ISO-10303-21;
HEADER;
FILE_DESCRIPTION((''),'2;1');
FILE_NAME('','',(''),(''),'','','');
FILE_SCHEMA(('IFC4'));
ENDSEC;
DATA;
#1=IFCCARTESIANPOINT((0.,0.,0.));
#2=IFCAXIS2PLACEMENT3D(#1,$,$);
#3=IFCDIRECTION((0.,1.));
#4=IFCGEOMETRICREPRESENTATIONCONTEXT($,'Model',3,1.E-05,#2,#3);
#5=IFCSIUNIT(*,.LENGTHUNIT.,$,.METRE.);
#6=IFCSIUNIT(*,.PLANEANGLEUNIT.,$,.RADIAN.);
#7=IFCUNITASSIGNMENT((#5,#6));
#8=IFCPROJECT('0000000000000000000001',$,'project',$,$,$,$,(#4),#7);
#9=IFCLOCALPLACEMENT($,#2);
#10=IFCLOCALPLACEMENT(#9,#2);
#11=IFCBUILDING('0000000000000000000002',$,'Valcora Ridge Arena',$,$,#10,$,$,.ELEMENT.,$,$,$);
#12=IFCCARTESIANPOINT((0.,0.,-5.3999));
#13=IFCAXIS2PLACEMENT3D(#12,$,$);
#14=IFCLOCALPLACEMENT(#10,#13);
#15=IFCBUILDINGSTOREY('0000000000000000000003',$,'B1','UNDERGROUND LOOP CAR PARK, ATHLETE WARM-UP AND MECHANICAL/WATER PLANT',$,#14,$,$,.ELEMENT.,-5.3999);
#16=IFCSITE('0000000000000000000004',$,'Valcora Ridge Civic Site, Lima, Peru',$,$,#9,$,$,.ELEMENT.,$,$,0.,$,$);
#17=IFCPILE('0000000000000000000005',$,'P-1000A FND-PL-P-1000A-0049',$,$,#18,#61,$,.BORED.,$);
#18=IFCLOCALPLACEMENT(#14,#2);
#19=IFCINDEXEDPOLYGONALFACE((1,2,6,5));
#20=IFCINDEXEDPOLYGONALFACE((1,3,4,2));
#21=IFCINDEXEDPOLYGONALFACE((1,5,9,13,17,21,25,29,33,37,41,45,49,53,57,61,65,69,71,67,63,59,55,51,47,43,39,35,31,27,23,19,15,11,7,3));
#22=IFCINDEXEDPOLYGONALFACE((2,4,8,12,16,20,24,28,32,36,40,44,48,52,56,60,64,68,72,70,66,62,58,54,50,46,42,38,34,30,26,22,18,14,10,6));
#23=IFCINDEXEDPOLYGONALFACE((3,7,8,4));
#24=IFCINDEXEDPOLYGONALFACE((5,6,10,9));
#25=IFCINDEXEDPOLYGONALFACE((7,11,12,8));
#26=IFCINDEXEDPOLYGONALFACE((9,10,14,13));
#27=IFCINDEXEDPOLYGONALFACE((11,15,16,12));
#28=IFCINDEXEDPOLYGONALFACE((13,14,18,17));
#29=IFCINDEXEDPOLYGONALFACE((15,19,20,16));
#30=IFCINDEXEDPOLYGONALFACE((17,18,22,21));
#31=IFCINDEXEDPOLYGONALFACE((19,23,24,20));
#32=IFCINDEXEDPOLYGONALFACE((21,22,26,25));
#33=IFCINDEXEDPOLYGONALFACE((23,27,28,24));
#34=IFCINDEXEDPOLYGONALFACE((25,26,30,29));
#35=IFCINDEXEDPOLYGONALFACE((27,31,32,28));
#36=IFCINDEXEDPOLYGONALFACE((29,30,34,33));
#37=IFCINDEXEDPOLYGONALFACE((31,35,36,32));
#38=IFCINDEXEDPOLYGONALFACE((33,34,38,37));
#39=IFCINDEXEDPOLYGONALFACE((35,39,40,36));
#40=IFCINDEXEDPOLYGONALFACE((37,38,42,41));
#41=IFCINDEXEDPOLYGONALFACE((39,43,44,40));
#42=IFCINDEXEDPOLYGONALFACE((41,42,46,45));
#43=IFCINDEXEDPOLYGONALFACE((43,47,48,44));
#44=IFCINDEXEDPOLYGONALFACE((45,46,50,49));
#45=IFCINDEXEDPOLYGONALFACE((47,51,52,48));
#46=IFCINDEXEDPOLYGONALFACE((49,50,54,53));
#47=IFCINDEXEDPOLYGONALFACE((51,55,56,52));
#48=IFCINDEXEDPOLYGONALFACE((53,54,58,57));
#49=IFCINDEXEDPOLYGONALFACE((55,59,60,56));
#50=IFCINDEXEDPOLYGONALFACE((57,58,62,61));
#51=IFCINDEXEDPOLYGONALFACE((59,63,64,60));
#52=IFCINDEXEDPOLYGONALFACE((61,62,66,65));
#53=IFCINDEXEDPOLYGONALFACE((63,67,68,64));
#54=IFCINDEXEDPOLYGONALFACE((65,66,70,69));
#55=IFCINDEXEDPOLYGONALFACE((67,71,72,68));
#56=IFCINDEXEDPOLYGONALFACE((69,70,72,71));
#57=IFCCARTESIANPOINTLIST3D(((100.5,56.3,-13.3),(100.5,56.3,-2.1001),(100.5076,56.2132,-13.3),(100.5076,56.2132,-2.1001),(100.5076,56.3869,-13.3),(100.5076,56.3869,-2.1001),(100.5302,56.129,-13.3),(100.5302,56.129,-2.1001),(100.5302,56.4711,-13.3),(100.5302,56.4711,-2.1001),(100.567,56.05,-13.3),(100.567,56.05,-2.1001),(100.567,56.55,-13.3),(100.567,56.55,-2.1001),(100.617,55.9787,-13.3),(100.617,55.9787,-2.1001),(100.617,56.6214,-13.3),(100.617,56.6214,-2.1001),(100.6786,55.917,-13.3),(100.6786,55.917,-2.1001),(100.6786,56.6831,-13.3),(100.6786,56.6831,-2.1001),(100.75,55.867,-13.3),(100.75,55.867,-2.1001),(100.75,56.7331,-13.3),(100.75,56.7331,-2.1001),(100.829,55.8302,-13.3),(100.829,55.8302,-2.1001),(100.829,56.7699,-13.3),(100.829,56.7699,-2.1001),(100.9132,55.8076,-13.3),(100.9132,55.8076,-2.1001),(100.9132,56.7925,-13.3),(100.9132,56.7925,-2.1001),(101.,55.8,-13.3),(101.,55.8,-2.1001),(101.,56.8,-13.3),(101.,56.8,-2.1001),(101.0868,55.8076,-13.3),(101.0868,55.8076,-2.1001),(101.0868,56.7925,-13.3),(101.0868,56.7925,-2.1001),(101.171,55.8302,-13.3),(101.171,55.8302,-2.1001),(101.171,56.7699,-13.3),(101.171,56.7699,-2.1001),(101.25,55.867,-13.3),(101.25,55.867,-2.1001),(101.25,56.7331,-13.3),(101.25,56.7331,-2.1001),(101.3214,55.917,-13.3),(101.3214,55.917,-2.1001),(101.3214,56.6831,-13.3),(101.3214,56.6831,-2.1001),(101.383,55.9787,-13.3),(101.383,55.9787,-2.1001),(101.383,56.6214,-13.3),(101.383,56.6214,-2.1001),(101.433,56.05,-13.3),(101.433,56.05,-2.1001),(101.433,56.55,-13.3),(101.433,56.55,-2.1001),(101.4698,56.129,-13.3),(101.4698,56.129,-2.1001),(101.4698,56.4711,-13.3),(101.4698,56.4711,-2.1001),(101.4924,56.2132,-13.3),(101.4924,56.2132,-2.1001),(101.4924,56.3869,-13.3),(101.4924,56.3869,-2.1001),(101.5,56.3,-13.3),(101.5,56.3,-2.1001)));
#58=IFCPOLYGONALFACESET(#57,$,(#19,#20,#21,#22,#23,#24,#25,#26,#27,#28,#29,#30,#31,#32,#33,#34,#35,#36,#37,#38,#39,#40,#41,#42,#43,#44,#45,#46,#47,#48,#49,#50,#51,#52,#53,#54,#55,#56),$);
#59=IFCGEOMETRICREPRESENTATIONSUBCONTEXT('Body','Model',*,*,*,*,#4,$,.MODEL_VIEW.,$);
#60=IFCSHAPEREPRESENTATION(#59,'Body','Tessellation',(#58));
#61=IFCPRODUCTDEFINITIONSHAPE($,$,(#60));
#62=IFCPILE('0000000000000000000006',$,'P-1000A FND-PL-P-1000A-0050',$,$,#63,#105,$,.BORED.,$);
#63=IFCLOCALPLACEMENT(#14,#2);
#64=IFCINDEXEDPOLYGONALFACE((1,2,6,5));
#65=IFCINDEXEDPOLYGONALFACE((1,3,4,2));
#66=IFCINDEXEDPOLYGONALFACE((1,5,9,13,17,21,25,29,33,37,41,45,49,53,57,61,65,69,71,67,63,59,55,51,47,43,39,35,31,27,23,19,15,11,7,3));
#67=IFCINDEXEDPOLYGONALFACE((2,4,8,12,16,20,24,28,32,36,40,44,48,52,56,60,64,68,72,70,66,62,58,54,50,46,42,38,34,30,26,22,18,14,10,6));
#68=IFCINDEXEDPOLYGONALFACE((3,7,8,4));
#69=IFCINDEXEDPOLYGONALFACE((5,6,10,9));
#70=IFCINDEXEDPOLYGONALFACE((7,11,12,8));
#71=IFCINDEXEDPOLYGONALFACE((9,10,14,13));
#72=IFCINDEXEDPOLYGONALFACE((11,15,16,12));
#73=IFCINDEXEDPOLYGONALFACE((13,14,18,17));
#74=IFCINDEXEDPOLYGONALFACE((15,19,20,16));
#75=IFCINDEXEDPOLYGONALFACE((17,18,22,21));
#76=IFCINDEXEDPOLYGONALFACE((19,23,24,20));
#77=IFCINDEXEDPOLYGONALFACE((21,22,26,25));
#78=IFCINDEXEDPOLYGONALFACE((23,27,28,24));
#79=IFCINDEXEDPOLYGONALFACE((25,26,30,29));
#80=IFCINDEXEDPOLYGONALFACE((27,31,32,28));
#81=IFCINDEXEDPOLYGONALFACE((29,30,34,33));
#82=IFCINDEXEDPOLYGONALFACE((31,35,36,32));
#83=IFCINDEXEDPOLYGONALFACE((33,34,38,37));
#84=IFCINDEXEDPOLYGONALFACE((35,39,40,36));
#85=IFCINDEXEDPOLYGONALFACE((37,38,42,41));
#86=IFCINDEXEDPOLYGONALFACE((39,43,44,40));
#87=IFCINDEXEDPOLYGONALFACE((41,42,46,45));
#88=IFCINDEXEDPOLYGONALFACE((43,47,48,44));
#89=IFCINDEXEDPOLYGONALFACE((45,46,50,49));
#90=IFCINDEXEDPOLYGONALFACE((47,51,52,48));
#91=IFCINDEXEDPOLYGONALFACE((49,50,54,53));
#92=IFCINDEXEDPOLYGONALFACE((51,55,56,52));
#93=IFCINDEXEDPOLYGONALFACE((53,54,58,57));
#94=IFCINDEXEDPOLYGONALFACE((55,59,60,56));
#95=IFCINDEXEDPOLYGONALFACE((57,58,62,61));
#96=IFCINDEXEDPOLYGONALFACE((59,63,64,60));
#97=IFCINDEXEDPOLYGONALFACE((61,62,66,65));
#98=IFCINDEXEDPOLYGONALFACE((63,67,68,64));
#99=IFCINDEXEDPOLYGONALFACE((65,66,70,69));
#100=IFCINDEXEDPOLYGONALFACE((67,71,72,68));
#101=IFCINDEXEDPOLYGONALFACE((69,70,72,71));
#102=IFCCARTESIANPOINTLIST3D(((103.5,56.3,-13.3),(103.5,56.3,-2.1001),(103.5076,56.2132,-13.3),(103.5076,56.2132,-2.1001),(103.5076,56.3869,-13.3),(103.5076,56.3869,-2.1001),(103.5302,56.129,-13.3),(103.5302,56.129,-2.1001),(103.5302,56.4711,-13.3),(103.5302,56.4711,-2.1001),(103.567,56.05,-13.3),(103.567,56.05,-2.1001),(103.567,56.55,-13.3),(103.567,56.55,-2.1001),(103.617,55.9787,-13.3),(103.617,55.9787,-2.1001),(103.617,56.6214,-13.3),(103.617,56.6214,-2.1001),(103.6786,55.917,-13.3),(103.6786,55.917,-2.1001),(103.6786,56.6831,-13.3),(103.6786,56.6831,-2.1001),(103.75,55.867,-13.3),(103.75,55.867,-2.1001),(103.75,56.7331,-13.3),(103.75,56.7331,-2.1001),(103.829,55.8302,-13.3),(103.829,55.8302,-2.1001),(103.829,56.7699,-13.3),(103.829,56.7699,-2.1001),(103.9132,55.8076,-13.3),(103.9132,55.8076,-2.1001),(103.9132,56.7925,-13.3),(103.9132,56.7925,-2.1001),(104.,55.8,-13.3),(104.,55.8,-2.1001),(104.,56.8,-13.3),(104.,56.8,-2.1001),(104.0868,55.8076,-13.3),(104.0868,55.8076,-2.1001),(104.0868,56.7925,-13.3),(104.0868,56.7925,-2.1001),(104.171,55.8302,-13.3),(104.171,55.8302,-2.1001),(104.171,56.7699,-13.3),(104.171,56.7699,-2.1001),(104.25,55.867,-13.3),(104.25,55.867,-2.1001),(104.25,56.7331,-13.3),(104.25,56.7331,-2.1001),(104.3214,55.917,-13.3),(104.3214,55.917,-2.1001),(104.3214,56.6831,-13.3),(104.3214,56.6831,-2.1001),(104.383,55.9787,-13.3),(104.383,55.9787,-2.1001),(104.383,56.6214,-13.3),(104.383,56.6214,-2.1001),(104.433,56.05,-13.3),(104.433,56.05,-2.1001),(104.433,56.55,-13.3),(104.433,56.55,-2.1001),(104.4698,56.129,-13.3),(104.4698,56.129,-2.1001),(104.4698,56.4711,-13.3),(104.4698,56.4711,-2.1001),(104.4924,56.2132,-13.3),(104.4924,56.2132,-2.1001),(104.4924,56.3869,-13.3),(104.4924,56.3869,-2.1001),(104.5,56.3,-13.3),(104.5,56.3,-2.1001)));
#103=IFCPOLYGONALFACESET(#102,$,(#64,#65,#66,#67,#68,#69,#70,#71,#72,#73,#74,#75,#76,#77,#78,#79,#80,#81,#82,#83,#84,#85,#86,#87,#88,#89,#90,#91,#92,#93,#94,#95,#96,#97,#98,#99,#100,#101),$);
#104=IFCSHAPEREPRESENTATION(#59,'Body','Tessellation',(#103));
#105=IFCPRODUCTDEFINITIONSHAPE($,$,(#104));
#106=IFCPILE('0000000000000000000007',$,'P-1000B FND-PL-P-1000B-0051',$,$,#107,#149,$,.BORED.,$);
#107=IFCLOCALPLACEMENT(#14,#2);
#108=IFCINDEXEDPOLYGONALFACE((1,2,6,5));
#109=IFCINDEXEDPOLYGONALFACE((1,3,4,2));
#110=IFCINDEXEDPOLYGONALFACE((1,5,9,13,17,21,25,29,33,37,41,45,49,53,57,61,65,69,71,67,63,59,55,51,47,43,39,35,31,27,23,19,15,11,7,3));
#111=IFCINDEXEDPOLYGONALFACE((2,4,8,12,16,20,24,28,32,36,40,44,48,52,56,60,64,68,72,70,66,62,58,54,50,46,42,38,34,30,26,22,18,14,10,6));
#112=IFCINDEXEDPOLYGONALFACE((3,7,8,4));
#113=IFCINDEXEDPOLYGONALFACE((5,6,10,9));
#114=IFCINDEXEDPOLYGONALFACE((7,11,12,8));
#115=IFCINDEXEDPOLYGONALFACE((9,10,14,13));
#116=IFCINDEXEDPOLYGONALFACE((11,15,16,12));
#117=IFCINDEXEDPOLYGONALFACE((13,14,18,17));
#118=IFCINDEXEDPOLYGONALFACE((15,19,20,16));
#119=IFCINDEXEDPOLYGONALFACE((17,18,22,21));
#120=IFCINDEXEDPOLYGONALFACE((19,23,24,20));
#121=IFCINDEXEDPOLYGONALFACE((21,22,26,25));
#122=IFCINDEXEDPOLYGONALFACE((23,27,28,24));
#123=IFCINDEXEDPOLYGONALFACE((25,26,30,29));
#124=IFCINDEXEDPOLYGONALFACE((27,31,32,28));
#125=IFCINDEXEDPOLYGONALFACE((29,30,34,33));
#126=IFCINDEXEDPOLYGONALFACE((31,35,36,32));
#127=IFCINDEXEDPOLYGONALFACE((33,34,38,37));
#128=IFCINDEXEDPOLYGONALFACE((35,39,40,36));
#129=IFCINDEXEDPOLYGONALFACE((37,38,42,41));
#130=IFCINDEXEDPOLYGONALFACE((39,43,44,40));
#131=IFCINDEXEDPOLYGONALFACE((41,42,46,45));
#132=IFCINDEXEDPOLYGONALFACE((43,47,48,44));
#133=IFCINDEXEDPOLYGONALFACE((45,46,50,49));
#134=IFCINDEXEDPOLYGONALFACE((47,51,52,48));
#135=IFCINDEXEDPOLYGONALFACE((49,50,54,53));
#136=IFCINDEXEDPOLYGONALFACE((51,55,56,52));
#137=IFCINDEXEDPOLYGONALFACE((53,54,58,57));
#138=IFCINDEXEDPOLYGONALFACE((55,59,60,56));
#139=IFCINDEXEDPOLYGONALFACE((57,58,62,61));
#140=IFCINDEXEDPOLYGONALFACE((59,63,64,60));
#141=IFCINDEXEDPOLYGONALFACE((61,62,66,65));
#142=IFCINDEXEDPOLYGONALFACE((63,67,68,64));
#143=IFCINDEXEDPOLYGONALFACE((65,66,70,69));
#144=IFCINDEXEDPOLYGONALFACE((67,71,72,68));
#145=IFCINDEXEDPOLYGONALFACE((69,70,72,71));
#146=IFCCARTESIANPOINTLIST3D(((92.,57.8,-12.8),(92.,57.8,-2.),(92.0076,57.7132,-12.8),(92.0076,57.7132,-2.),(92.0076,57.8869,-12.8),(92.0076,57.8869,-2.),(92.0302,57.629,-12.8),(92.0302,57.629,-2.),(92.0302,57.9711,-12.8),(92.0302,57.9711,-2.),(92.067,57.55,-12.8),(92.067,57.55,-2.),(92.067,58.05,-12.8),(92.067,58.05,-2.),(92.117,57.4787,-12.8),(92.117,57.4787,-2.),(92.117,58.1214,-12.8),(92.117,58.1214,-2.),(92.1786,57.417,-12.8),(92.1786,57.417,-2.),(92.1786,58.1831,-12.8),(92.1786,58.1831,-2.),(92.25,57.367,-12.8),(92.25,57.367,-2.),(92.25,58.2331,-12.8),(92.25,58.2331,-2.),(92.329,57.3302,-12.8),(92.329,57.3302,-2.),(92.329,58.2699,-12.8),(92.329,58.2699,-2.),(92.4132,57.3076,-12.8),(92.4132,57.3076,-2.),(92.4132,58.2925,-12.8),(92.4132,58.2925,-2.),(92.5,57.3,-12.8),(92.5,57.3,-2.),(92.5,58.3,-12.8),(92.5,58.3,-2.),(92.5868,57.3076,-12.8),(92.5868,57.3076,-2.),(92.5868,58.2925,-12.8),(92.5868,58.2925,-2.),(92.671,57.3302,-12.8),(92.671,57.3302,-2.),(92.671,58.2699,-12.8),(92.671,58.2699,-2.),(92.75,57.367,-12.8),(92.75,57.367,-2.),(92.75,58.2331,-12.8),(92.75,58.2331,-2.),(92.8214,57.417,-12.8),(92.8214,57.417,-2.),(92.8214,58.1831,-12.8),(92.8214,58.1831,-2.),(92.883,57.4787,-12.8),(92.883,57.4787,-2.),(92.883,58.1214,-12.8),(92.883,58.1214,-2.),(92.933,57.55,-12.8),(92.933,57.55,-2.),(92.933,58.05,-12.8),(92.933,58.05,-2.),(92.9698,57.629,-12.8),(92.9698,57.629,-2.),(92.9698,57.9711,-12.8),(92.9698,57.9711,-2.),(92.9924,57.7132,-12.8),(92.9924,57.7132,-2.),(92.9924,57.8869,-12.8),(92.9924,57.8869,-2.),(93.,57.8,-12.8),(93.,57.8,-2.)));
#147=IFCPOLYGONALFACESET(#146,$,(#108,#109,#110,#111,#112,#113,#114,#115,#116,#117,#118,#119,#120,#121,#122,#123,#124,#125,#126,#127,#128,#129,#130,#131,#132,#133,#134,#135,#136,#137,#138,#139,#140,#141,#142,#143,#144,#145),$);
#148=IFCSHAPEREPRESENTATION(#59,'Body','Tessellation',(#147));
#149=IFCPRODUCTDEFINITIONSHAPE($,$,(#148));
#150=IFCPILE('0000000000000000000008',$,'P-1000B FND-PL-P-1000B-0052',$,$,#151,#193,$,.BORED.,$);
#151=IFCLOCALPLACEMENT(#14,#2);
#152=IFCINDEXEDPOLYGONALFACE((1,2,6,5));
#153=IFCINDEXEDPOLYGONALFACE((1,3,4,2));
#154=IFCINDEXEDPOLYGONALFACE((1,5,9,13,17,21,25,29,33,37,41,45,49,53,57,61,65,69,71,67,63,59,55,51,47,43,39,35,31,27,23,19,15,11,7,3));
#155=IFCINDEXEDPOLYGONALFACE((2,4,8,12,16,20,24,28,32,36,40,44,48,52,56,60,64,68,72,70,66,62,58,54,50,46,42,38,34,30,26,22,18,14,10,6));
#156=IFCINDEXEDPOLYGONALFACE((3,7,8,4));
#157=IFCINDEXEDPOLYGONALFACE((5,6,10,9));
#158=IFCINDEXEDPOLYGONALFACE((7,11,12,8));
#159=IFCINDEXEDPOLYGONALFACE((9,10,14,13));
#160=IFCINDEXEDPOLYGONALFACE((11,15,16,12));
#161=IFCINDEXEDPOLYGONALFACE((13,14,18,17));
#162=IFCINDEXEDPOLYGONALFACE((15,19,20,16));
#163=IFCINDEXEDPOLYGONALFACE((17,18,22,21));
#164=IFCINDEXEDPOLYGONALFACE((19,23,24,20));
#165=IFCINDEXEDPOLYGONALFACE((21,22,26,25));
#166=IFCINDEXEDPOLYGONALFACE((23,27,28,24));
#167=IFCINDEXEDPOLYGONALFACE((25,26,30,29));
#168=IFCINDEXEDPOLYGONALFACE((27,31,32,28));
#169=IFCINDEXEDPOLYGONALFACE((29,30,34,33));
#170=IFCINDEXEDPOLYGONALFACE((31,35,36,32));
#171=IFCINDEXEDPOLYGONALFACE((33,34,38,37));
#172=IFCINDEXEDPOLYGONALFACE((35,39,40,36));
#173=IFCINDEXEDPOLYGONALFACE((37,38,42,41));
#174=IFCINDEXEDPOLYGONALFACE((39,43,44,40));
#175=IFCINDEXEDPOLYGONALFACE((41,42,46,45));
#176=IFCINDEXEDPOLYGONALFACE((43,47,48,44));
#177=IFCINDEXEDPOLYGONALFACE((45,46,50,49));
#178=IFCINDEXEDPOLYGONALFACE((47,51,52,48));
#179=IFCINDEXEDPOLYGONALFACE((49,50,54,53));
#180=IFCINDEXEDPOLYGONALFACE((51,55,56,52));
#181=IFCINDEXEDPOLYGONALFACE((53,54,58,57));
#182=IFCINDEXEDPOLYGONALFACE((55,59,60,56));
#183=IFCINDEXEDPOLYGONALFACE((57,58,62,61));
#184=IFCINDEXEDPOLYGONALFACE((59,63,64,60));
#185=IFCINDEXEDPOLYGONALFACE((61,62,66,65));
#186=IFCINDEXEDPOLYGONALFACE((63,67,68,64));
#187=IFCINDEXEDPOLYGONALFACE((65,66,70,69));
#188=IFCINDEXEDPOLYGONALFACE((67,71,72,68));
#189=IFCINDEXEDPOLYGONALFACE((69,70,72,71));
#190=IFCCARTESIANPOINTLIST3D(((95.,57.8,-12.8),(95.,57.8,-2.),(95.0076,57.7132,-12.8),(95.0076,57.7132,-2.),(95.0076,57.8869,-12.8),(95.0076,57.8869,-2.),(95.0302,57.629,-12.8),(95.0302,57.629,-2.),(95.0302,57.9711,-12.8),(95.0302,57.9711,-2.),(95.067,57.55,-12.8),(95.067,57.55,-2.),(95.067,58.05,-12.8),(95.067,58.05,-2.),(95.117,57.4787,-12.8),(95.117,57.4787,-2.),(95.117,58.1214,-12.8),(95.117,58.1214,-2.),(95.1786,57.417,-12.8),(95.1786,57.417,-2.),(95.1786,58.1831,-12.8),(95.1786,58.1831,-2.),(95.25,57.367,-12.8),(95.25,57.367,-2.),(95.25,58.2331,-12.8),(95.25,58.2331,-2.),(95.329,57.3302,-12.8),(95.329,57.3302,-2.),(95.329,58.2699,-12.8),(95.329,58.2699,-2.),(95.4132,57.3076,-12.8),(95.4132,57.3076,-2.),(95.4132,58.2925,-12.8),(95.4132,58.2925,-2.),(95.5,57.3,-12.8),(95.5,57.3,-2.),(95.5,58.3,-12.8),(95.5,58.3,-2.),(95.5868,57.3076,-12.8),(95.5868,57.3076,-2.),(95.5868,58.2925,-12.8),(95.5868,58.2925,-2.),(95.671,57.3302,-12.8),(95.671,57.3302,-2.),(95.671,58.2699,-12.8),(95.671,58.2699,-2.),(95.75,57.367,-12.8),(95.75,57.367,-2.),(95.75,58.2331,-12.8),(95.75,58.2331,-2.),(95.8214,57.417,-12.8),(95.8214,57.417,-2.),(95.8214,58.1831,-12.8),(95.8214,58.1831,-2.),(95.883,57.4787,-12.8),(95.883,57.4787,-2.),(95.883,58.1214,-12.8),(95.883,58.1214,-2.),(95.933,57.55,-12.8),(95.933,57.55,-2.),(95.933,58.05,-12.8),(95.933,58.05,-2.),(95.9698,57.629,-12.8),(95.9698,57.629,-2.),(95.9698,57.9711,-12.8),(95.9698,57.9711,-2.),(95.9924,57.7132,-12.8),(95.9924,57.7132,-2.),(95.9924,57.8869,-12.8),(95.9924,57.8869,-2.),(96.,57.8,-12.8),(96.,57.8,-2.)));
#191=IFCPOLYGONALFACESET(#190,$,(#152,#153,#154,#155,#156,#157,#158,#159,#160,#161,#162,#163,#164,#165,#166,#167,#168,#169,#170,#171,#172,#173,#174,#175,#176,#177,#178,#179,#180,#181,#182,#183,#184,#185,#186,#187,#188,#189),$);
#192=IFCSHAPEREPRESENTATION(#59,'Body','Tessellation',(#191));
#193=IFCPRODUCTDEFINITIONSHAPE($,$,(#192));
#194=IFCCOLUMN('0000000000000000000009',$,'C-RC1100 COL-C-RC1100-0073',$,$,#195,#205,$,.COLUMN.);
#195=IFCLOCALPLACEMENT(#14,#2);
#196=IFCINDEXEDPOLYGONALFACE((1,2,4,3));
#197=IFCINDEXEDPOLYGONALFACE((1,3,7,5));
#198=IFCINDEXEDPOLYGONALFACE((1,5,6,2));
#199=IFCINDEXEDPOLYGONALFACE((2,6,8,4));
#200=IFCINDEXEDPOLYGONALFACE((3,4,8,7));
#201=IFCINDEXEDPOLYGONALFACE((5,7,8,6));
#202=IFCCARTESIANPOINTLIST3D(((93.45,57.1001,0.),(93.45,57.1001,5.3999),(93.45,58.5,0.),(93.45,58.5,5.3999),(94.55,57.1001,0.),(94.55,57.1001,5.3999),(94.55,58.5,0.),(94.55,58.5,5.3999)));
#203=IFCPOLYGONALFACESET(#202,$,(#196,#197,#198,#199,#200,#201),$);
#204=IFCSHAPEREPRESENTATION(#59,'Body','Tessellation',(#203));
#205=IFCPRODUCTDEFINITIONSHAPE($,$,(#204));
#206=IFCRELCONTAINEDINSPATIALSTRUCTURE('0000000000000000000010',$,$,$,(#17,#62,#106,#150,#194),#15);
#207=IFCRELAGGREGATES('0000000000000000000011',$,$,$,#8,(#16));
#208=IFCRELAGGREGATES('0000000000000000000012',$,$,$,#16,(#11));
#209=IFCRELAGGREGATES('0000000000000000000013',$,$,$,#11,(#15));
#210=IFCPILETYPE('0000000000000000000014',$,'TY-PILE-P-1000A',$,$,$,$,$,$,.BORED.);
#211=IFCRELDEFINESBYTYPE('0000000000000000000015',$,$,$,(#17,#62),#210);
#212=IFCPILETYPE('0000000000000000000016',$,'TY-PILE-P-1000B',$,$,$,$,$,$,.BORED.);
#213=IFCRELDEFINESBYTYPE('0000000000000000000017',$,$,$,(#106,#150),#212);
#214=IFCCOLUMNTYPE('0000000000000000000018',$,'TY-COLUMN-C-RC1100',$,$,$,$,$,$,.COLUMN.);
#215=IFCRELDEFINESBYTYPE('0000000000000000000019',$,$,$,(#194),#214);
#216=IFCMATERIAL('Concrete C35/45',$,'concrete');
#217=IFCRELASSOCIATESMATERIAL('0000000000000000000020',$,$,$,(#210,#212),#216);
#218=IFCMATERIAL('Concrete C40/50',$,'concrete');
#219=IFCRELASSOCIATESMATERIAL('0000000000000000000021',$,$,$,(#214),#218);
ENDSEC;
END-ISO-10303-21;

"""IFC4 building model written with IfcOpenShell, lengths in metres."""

from ifc_helpers import new_model, si_unit, direction, frame, origin, origin_2d, place, context, subcontext, project, spatial, rectangle, circle, extrude, material, material_profile, profile_set, type_object, element, save


model = new_model("IFC4")

# Units and contexts
model_context = context("Model", 3, precision=1e-05, world=origin(), true_north=direction((0.0, 1.0)))
body_context = subcontext(model_context, "Body", "Model", "MODEL_VIEW")
ifc_project = project(units=[si_unit("LENGTHUNIT", "METRE"), si_unit("PLANEANGLEUNIT", "RADIAN")], contexts=[model_context])

# Site, building, storey
site_placement = place(None, origin())
site = spatial("IfcSite", under=ifc_project, at=site_placement, Name="Valcora Ridge Civic Site, Lima, Peru", CompositionType="ELEMENT", RefElevation=0.0)
building_placement = place(site_placement, origin())
building = spatial("IfcBuilding", under=site, at=building_placement, Name="Valcora Ridge Arena", CompositionType="ELEMENT")
storey_placement = place(building_placement, frame((0.0, 0.0, -5.3999)))
storey = spatial("IfcBuildingStorey", under=building, at=storey_placement, Name="B1", Description="UNDERGROUND LOOP CAR PARK, ATHLETE WARM-UP AND MECHANICAL/WATER PLANT", CompositionType="ELEMENT", Elevation=-5.3999)

# Shared definitions
ifc_material_1 = material(Name="Concrete C40/50", Category="concrete")

# Piles
ifc_material_2 = material(Name="Concrete C35/45", Category="concrete")
ifc_material_profile_1 = material_profile(ifc_material_2, circle(Radius=0.5, at=origin_2d()), Name="BORED PILE D1000")
ifc_profile_set_1 = profile_set([ifc_material_profile_1], Name="Concrete C35/45")
pile_type_1 = type_object("IfcPileType", Name="TY-PILE-P-1000A", PredefinedType="BORED", material=ifc_profile_set_1)
for number, where, z_axis, x_axis, name in (
    (1, (101.0, 56.3, -2.1001), (0.0, 0.0, -1.0), (1.0, 0.0, 0.0), "P-1000A FND-PL-P-1000A-0049"),
    (2, (104.0, 56.3, -2.1001), (0.0, 0.0, -1.0), (1.0, 0.0, 0.0), "P-1000A FND-PL-P-1000A-0050"),
):
    element("IfcPile", number, at=place(storey_placement, frame(where, z_axis=z_axis, x_axis=x_axis)), inside=storey, type_object=pile_type_1, Name=name, PredefinedType="BORED", context=body_context, shape_type="SweptSolid", body=[
        extrude(circle(Radius=0.5, at=origin_2d()), origin(), (0.0, 0.0, 1.0), 11.2),
    ])
ifc_material_profile_2 = material_profile(ifc_material_2, circle(Radius=0.5, at=origin_2d()), Name="BORED PILE D1000")
ifc_profile_set_2 = profile_set([ifc_material_profile_2], Name="Concrete C35/45")
pile_type_2 = type_object("IfcPileType", Name="TY-PILE-P-1000B", PredefinedType="BORED", material=ifc_profile_set_2)
for number, where, z_axis, x_axis, name in (
    (3, (92.5, 57.8, -2.0), (0.0, 0.0, -1.0), (1.0, 0.0, 0.0), "P-1000B FND-PL-P-1000B-0051"),
    (4, (95.5, 57.8, -2.0), (0.0, 0.0, -1.0), (1.0, 0.0, 0.0), "P-1000B FND-PL-P-1000B-0052"),
):
    element("IfcPile", number, at=place(storey_placement, frame(where, z_axis=z_axis, x_axis=x_axis)), inside=storey, type_object=pile_type_2, Name=name, PredefinedType="BORED", context=body_context, shape_type="SweptSolid", body=[
        extrude(circle(Radius=0.5, at=origin_2d()), origin(), (0.0, 0.0, 1.0), 10.8),
    ])

# Column
ifc_material_profile_3 = material_profile(ifc_material_1, rectangle(XDim=1.1001, YDim=1.3999, at=origin_2d()), Name="RC 1100x1400")
ifc_profile_set_3 = profile_set([ifc_material_profile_3], Name="Concrete C40/50")
column_type_1 = type_object("IfcColumnType", Name="TY-COLUMN-C-RC1100", PredefinedType="COLUMN", material=ifc_profile_set_3)
for number, where, z_axis, x_axis, name in (
    (5, (94.0, 57.8, 0.0), (0.0, 0.0, 1.0), (1.0, 0.0, 0.0), "C-RC1100 COL-C-RC1100-0073"),
):
    element("IfcColumn", number, at=place(storey_placement, frame(where, z_axis=z_axis, x_axis=x_axis)), inside=storey, type_object=column_type_1, Name=name, PredefinedType="COLUMN", context=body_context, shape_type="SweptSolid", body=[
        extrude(rectangle(XDim=1.1001, YDim=1.3999, at=origin_2d()), origin(), (0.0, 0.0, 1.0), 5.3999),
    ])

save(model, "model.ifc")
